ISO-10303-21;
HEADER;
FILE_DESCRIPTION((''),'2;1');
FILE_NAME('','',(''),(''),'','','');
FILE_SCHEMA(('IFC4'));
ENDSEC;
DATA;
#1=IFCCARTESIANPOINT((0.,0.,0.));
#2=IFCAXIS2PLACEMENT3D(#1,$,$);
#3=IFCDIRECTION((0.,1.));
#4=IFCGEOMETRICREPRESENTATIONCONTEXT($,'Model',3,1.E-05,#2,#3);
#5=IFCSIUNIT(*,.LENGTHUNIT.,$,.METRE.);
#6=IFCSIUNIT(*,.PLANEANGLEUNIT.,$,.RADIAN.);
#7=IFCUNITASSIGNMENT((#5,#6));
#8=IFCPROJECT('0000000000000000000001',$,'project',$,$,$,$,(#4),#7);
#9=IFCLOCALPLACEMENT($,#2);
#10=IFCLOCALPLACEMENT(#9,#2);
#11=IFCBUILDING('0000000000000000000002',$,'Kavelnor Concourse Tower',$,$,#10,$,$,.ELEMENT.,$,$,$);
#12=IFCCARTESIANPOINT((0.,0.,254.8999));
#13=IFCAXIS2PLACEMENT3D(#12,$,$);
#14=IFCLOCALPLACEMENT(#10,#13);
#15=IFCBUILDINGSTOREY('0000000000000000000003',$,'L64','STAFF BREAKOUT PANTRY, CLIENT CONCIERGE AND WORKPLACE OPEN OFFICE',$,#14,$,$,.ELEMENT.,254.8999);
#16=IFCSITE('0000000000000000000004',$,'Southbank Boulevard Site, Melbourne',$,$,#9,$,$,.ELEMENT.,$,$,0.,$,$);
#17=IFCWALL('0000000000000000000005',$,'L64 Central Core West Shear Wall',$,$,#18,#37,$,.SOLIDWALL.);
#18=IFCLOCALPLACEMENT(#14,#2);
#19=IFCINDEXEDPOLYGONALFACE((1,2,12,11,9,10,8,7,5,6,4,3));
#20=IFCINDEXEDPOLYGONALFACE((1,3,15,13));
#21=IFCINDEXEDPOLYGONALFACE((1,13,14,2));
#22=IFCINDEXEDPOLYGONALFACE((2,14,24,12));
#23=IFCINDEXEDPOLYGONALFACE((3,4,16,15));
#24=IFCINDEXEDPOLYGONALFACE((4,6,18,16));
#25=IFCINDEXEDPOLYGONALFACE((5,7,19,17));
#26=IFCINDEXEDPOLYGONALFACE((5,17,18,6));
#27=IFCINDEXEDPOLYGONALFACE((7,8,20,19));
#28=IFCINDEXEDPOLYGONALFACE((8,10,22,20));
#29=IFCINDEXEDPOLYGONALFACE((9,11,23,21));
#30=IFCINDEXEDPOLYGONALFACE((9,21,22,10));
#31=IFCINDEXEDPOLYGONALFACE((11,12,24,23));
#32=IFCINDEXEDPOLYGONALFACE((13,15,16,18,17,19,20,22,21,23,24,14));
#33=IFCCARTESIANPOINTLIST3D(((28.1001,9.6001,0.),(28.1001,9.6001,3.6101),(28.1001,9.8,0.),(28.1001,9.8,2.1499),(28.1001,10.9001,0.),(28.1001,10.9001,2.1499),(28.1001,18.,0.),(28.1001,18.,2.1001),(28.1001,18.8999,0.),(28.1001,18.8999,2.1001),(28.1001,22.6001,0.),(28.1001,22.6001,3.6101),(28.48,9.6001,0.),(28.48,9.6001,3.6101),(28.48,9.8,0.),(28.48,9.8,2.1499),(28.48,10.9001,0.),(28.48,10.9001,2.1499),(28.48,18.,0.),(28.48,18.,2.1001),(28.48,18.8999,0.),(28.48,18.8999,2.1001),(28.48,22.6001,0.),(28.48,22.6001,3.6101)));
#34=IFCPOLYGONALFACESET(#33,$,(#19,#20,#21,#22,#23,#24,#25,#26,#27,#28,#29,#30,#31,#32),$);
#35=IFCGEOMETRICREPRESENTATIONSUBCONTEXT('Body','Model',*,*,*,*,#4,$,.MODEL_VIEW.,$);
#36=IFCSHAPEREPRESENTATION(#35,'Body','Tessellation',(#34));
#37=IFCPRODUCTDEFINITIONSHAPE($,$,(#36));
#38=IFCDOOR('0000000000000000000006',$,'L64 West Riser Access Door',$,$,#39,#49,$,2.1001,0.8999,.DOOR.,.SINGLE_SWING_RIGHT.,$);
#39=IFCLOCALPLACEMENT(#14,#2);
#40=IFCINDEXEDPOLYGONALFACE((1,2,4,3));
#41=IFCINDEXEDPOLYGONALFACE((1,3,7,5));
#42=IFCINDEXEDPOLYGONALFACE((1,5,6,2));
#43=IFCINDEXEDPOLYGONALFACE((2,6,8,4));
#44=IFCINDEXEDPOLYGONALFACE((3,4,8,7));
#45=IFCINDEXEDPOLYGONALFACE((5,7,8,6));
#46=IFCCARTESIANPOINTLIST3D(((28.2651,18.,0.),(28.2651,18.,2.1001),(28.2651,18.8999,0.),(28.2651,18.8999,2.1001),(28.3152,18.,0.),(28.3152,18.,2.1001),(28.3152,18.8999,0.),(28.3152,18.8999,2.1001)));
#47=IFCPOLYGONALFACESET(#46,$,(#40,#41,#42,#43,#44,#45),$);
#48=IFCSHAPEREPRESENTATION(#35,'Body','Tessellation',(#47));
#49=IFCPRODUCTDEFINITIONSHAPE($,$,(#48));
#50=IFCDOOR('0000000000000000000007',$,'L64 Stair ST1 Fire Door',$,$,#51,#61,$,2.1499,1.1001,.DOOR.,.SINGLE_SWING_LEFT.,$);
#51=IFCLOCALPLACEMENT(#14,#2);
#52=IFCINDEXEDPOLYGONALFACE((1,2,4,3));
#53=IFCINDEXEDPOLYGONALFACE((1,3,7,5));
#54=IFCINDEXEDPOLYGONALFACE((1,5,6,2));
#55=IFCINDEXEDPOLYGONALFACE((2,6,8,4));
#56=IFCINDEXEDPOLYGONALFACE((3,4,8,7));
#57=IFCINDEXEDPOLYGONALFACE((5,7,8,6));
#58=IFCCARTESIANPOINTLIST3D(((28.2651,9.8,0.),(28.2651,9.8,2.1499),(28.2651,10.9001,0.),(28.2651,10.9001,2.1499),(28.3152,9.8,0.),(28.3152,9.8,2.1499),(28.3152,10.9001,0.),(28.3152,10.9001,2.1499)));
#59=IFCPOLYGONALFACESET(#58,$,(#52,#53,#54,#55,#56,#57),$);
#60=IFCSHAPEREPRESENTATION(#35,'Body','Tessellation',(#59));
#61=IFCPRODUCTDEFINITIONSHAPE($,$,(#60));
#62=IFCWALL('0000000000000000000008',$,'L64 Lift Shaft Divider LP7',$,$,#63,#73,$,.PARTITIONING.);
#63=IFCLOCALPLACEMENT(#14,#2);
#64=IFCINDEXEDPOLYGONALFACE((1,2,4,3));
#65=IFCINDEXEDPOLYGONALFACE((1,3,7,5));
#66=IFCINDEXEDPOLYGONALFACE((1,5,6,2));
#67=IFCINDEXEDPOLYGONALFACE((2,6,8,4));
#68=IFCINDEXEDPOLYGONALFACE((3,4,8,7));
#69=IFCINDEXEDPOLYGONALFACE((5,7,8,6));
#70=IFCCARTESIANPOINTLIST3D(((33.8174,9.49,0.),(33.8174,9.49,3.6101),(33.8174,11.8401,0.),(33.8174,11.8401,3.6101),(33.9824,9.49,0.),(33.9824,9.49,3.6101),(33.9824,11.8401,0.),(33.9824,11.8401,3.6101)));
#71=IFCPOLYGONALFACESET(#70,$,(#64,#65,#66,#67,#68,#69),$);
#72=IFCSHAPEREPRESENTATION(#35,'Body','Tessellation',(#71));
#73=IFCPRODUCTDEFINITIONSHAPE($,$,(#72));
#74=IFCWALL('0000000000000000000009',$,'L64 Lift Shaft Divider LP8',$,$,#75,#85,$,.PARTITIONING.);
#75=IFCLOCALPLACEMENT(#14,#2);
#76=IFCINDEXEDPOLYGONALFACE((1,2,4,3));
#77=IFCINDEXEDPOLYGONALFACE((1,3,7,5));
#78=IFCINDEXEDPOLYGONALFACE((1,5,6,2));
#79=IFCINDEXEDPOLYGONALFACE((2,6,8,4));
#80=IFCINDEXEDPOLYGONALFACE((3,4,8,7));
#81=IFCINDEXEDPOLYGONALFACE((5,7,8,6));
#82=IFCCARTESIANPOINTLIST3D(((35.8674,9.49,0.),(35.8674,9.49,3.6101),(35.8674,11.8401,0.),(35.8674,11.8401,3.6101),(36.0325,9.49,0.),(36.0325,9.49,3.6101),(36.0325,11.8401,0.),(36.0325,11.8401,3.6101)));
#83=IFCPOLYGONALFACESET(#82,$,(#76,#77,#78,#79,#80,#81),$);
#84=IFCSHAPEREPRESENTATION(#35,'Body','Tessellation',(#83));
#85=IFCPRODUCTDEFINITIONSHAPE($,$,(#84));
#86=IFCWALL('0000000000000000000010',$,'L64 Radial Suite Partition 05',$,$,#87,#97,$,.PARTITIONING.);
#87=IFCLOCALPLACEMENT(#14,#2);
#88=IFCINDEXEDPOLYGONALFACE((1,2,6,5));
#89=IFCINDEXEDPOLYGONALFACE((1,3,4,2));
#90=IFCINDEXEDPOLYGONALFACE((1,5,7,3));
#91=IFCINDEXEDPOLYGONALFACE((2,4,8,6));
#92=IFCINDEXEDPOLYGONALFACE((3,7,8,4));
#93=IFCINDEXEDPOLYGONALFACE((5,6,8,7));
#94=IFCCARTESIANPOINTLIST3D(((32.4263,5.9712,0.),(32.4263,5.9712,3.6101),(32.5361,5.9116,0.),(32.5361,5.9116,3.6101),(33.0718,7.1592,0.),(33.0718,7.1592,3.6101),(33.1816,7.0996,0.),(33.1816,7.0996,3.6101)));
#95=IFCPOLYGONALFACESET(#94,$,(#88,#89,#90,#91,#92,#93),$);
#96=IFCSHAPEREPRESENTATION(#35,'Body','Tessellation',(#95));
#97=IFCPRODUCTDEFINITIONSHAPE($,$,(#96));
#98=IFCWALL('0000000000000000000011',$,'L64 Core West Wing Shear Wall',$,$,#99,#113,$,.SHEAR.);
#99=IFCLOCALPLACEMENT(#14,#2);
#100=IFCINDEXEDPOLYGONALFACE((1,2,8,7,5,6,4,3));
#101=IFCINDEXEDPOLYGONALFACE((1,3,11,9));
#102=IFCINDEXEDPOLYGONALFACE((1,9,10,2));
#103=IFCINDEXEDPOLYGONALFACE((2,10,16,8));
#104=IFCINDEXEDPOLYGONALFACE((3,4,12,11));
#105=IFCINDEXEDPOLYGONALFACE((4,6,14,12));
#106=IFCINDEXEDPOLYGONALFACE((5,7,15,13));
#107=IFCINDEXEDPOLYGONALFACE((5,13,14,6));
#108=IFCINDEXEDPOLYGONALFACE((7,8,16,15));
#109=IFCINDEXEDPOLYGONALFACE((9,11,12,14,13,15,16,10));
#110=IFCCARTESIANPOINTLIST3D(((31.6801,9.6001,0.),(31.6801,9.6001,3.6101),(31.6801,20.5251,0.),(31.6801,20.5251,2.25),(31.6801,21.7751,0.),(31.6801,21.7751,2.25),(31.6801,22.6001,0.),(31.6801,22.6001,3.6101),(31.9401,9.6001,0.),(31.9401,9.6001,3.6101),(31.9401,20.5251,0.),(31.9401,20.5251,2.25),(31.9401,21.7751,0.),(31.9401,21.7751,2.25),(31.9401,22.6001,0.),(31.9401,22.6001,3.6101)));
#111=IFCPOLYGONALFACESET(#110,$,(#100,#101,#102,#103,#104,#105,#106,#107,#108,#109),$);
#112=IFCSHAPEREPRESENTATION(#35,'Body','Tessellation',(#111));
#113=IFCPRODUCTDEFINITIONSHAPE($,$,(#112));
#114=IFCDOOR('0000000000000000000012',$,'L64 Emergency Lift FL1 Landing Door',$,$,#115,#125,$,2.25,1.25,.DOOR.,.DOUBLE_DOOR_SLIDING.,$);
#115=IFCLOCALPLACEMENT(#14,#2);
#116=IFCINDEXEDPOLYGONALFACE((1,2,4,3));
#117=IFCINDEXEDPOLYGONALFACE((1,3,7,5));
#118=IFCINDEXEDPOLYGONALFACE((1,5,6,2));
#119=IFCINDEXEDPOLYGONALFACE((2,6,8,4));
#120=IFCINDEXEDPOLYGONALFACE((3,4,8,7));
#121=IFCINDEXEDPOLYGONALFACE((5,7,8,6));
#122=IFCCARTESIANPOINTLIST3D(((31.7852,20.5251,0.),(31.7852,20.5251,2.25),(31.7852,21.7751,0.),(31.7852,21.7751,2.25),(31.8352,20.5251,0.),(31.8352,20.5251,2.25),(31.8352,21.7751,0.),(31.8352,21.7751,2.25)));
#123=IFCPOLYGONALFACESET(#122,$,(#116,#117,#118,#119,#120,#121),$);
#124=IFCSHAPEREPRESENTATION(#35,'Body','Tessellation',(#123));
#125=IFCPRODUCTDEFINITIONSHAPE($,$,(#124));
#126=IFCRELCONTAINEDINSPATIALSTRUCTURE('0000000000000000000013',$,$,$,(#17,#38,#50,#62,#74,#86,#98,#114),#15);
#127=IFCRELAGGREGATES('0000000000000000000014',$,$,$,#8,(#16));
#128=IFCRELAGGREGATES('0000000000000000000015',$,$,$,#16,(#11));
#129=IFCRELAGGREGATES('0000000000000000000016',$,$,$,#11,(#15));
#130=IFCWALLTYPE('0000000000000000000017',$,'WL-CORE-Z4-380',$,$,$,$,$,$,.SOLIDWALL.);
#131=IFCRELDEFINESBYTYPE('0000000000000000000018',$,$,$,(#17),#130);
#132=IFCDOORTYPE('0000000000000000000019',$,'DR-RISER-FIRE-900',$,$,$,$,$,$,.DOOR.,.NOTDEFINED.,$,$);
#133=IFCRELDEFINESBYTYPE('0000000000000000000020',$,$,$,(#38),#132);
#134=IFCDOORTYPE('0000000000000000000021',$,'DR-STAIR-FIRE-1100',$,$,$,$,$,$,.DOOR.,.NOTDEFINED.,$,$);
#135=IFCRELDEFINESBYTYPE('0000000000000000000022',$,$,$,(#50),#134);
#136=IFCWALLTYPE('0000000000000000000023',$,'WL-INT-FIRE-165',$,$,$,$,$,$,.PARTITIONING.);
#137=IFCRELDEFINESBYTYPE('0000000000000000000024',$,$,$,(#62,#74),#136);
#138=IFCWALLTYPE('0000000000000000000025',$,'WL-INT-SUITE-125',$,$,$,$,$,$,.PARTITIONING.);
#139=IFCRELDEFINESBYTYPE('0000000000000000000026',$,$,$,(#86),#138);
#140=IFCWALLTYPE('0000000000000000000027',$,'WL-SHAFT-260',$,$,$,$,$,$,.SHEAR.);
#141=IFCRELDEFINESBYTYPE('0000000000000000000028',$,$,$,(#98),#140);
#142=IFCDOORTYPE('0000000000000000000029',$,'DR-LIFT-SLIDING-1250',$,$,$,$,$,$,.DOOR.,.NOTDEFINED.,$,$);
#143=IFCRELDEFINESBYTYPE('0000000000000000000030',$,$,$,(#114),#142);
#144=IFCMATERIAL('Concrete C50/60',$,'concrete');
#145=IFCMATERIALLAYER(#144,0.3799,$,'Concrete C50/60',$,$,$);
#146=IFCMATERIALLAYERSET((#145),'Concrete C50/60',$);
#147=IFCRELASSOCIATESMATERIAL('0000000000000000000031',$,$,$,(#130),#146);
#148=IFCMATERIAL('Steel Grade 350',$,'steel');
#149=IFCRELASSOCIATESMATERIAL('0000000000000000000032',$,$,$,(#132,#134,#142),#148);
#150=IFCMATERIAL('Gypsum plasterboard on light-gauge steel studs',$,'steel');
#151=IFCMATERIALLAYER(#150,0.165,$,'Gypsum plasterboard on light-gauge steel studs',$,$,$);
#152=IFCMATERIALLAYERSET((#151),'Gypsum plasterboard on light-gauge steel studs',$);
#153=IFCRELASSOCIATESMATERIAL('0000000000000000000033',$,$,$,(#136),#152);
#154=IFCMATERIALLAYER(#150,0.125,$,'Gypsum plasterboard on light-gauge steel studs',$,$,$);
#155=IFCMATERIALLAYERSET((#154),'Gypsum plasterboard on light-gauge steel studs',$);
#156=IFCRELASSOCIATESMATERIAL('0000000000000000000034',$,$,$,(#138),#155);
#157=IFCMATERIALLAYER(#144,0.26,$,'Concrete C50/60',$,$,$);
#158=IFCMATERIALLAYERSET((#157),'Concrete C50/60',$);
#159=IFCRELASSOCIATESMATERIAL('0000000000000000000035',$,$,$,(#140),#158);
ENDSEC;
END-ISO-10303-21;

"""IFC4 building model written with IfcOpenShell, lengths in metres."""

from ifc_helpers import new_model, si_unit, direction, frame, frame_2d, origin, place, context, subcontext, project, spatial, rectangle, extrude, material, layer, layer_set, type_object, element, fill, save


model = new_model("IFC4")

# Units and contexts
model_context = context("Model", 3, precision=1e-05, world=origin(), true_north=direction((0.0, 1.0)))
body_context = subcontext(model_context, "Body", "Model", "MODEL_VIEW")
ifc_project = project(units=[si_unit("LENGTHUNIT", "METRE"), si_unit("PLANEANGLEUNIT", "RADIAN")], contexts=[model_context])

# Site, building, storey
site_placement = place(None, origin())
site = spatial("IfcSite", under=ifc_project, at=site_placement, Name="Southbank Boulevard Site, Melbourne", CompositionType="ELEMENT", RefElevation=0.0)
building_placement = place(site_placement, origin())
building = spatial("IfcBuilding", under=site, at=building_placement, Name="Kavelnor Concourse Tower", CompositionType="ELEMENT")
storey_placement = place(building_placement, frame((0.0, 0.0, 254.8999)))
storey = spatial("IfcBuildingStorey", under=building, at=storey_placement, Name="L64", Description="STAFF BREAKOUT PANTRY, CLIENT CONCIERGE AND WORKPLACE OPEN OFFICE", CompositionType="ELEMENT", Elevation=254.8999)

# Shared definitions
ifc_material_1 = material(Name="Steel Grade 350", Category="steel")

# Wall, openings, doors
ifc_material_2 = material(Name="Concrete C50/60", Category="concrete")
ifc_layer_1 = layer(ifc_material_2, 0.3799, Name="Concrete C50/60")
ifc_layer_set_1 = layer_set([ifc_layer_1], Name="Concrete C50/60")
wall_type_1 = type_object("IfcWallType", Name="WL-CORE-Z4-380", PredefinedType="SOLIDWALL", material=ifc_layer_set_1)
wall_1_placement = place(storey_placement, frame((28.29, 9.6001, 0.0), z_axis=(0.0, 0.0, 1.0), x_axis=(0.0, 1.0, 0.0)))
wall_1 = element("IfcWall", 1, at=wall_1_placement, inside=storey, type_object=wall_type_1, Name="L64 Central Core West Shear Wall", PredefinedType="SOLIDWALL", context=body_context, shape_type="SweptSolid", body=[
    extrude(rectangle(XDim=13.0, YDim=0.3799, at=frame_2d((6.5, 0.0))), origin(), (0.0, 0.0, 1.0), 3.6101),
])
opening_1_placement = place(wall_1_placement, frame((0.2, 0.0, 0.0)))
opening_1 = element("IfcOpeningElement", 2, at=opening_1_placement, cuts=wall_1, PredefinedType="OPENING", context=body_context, shape_type="SweptSolid", body=[
    extrude(rectangle(XDim=1.1001, YDim=2.1499, at=frame_2d((0.55, 1.075))), frame((0.0, 0.2, 0.0), z_axis=(0.0, -1.0, 0.0), x_axis=(1.0, 0.0, 0.0)), (0.0, 0.0, 1.0), 0.3999),
])
opening_2_placement = place(wall_1_placement, frame((8.3999, 0.0, 0.0)))
opening_2 = element("IfcOpeningElement", 3, at=opening_2_placement, cuts=wall_1, PredefinedType="OPENING", context=body_context, shape_type="SweptSolid", body=[
    extrude(rectangle(XDim=0.8999, YDim=2.1001, at=frame_2d((0.45, 1.05))), frame((0.0, 0.2, 0.0), z_axis=(0.0, -1.0, 0.0), x_axis=(1.0, 0.0, 0.0)), (0.0, 0.0, 1.0), 0.3999),
])
door_type_1 = type_object("IfcDoorType", Name="DR-RISER-FIRE-900", OperationType="NOTDEFINED", PredefinedType="DOOR", material=ifc_material_1)
door_1_placement = place(opening_2_placement, origin())
door_1 = element("IfcDoor", 4, at=door_1_placement, inside=storey, type_object=door_type_1, Name="L64 West Riser Access Door", OperationType="SINGLE_SWING_RIGHT", OverallHeight=2.1001, OverallWidth=0.8999, PredefinedType="DOOR", context=body_context, shape_type="SweptSolid", body=[
    extrude(rectangle(XDim=0.8999, YDim=2.1001, at=frame_2d((0.45, 1.05))), frame((0.0, 0.0249, 0.0), z_axis=(0.0, -1.0, 0.0), x_axis=(1.0, 0.0, 0.0)), (0.0, 0.0, 1.0), 0.05),
])
fill(opening_2, door_1)
door_type_2 = type_object("IfcDoorType", Name="DR-STAIR-FIRE-1100", OperationType="NOTDEFINED", PredefinedType="DOOR", material=ifc_material_1)
door_2_placement = place(opening_1_placement, origin())
door_2 = element("IfcDoor", 5, at=door_2_placement, inside=storey, type_object=door_type_2, Name="L64 Stair ST1 Fire Door", OperationType="SINGLE_SWING_LEFT", OverallHeight=2.1499, OverallWidth=1.1001, PredefinedType="DOOR", context=body_context, shape_type="SweptSolid", body=[
    extrude(rectangle(XDim=1.1001, YDim=2.1499, at=frame_2d((0.55, 1.075))), frame((0.0, 0.0249, 0.0), z_axis=(0.0, -1.0, 0.0), x_axis=(1.0, 0.0, 0.0)), (0.0, 0.0, 1.0), 0.05),
])
fill(opening_1, door_2)

# Walls
ifc_material_3 = material(Name="Gypsum plasterboard on light-gauge steel studs", Category="steel")
ifc_layer_2 = layer(ifc_material_3, 0.165, Name="Gypsum plasterboard on light-gauge steel studs")
ifc_layer_set_2 = layer_set([ifc_layer_2], Name="Gypsum plasterboard on light-gauge steel studs")
wall_type_2 = type_object("IfcWallType", Name="WL-INT-FIRE-165", PredefinedType="PARTITIONING", material=ifc_layer_set_2)
for number, where, z_axis, x_axis, name in (
    (6, (33.8999, 9.49, 0.0), (0.0, 0.0, 1.0), (0.0, 1.0, 0.0), "L64 Lift Shaft Divider LP7"),
    (7, (35.95, 9.49, 0.0), (0.0, 0.0, 1.0), (0.0, 1.0, 0.0), "L64 Lift Shaft Divider LP8"),
):
    element("IfcWall", number, at=place(storey_placement, frame(where, z_axis=z_axis, x_axis=x_axis)), inside=storey, type_object=wall_type_2, Name=name, PredefinedType="PARTITIONING", context=body_context, shape_type="SweptSolid", body=[
        extrude(rectangle(XDim=2.3501, YDim=0.165, at=frame_2d((1.175, 0.0))), origin(), (0.0, 0.0, 1.0), 3.6101),
    ])
ifc_layer_3 = layer(ifc_material_3, 0.125, Name="Gypsum plasterboard on light-gauge steel studs")
ifc_layer_set_3 = layer_set([ifc_layer_3], Name="Gypsum plasterboard on light-gauge steel studs")
wall_type_3 = type_object("IfcWallType", Name="WL-INT-SUITE-125", PredefinedType="PARTITIONING", material=ifc_layer_set_3)
wall_2_placement = place(storey_placement, frame((33.1267, 7.1294, 0.0), z_axis=(0.0, 0.0, 1.0), x_axis=(-0.477435, -0.878667, 0.0)))
element("IfcWall", 8, at=wall_2_placement, inside=storey, type_object=wall_type_3, Name="L64 Radial Suite Partition 05", PredefinedType="PARTITIONING", context=body_context, shape_type="SweptSolid", body=[
    extrude(rectangle(XDim=1.3521, YDim=0.125, at=frame_2d((0.676, 0.0))), origin(), (0.0, 0.0, 1.0), 3.6101),
])

# Wall, opening, door
ifc_layer_4 = layer(ifc_material_2, 0.26, Name="Concrete C50/60")
ifc_layer_set_4 = layer_set([ifc_layer_4], Name="Concrete C50/60")
wall_type_4 = type_object("IfcWallType", Name="WL-SHAFT-260", PredefinedType="SHEAR", material=ifc_layer_set_4)
wall_3_placement = place(storey_placement, frame((31.8101, 9.6001, 0.0), z_axis=(0.0, 0.0, 1.0), x_axis=(0.0, 1.0, 0.0)))
wall_3 = element("IfcWall", 9, at=wall_3_placement, inside=storey, type_object=wall_type_4, Name="L64 Core West Wing Shear Wall", PredefinedType="SHEAR", context=body_context, shape_type="SweptSolid", body=[
    extrude(rectangle(XDim=13.0, YDim=0.26, at=frame_2d((6.5, 0.0))), origin(), (0.0, 0.0, 1.0), 3.6101),
])
opening_3_placement = place(wall_3_placement, frame((10.925, 0.0, 0.0)))
opening_3 = element("IfcOpeningElement", 10, at=opening_3_placement, cuts=wall_3, PredefinedType="OPENING", context=body_context, shape_type="SweptSolid", body=[
    extrude(rectangle(XDim=1.25, YDim=2.25, at=frame_2d((0.625, 1.125))), frame((0.0, 0.1401, 0.0), z_axis=(0.0, -1.0, 0.0), x_axis=(1.0, 0.0, 0.0)), (0.0, 0.0, 1.0), 0.28),
])
door_type_3 = type_object("IfcDoorType", Name="DR-LIFT-SLIDING-1250", OperationType="NOTDEFINED", PredefinedType="DOOR", material=ifc_material_1)
door_3_placement = place(opening_3_placement, origin())
door_3 = element("IfcDoor", 11, at=door_3_placement, inside=storey, type_object=door_type_3, Name="L64 Emergency Lift FL1 Landing Door", OperationType="DOUBLE_DOOR_SLIDING", OverallHeight=2.25, OverallWidth=1.25, PredefinedType="DOOR", context=body_context, shape_type="SweptSolid", body=[
    extrude(rectangle(XDim=1.25, YDim=2.25, at=frame_2d((0.625, 1.125))), frame((0.0, 0.0249, 0.0), z_axis=(0.0, -1.0, 0.0), x_axis=(1.0, 0.0, 0.0)), (0.0, 0.0, 1.0), 0.05),
])
fill(opening_3, door_3)

save(model, "model.ifc")
